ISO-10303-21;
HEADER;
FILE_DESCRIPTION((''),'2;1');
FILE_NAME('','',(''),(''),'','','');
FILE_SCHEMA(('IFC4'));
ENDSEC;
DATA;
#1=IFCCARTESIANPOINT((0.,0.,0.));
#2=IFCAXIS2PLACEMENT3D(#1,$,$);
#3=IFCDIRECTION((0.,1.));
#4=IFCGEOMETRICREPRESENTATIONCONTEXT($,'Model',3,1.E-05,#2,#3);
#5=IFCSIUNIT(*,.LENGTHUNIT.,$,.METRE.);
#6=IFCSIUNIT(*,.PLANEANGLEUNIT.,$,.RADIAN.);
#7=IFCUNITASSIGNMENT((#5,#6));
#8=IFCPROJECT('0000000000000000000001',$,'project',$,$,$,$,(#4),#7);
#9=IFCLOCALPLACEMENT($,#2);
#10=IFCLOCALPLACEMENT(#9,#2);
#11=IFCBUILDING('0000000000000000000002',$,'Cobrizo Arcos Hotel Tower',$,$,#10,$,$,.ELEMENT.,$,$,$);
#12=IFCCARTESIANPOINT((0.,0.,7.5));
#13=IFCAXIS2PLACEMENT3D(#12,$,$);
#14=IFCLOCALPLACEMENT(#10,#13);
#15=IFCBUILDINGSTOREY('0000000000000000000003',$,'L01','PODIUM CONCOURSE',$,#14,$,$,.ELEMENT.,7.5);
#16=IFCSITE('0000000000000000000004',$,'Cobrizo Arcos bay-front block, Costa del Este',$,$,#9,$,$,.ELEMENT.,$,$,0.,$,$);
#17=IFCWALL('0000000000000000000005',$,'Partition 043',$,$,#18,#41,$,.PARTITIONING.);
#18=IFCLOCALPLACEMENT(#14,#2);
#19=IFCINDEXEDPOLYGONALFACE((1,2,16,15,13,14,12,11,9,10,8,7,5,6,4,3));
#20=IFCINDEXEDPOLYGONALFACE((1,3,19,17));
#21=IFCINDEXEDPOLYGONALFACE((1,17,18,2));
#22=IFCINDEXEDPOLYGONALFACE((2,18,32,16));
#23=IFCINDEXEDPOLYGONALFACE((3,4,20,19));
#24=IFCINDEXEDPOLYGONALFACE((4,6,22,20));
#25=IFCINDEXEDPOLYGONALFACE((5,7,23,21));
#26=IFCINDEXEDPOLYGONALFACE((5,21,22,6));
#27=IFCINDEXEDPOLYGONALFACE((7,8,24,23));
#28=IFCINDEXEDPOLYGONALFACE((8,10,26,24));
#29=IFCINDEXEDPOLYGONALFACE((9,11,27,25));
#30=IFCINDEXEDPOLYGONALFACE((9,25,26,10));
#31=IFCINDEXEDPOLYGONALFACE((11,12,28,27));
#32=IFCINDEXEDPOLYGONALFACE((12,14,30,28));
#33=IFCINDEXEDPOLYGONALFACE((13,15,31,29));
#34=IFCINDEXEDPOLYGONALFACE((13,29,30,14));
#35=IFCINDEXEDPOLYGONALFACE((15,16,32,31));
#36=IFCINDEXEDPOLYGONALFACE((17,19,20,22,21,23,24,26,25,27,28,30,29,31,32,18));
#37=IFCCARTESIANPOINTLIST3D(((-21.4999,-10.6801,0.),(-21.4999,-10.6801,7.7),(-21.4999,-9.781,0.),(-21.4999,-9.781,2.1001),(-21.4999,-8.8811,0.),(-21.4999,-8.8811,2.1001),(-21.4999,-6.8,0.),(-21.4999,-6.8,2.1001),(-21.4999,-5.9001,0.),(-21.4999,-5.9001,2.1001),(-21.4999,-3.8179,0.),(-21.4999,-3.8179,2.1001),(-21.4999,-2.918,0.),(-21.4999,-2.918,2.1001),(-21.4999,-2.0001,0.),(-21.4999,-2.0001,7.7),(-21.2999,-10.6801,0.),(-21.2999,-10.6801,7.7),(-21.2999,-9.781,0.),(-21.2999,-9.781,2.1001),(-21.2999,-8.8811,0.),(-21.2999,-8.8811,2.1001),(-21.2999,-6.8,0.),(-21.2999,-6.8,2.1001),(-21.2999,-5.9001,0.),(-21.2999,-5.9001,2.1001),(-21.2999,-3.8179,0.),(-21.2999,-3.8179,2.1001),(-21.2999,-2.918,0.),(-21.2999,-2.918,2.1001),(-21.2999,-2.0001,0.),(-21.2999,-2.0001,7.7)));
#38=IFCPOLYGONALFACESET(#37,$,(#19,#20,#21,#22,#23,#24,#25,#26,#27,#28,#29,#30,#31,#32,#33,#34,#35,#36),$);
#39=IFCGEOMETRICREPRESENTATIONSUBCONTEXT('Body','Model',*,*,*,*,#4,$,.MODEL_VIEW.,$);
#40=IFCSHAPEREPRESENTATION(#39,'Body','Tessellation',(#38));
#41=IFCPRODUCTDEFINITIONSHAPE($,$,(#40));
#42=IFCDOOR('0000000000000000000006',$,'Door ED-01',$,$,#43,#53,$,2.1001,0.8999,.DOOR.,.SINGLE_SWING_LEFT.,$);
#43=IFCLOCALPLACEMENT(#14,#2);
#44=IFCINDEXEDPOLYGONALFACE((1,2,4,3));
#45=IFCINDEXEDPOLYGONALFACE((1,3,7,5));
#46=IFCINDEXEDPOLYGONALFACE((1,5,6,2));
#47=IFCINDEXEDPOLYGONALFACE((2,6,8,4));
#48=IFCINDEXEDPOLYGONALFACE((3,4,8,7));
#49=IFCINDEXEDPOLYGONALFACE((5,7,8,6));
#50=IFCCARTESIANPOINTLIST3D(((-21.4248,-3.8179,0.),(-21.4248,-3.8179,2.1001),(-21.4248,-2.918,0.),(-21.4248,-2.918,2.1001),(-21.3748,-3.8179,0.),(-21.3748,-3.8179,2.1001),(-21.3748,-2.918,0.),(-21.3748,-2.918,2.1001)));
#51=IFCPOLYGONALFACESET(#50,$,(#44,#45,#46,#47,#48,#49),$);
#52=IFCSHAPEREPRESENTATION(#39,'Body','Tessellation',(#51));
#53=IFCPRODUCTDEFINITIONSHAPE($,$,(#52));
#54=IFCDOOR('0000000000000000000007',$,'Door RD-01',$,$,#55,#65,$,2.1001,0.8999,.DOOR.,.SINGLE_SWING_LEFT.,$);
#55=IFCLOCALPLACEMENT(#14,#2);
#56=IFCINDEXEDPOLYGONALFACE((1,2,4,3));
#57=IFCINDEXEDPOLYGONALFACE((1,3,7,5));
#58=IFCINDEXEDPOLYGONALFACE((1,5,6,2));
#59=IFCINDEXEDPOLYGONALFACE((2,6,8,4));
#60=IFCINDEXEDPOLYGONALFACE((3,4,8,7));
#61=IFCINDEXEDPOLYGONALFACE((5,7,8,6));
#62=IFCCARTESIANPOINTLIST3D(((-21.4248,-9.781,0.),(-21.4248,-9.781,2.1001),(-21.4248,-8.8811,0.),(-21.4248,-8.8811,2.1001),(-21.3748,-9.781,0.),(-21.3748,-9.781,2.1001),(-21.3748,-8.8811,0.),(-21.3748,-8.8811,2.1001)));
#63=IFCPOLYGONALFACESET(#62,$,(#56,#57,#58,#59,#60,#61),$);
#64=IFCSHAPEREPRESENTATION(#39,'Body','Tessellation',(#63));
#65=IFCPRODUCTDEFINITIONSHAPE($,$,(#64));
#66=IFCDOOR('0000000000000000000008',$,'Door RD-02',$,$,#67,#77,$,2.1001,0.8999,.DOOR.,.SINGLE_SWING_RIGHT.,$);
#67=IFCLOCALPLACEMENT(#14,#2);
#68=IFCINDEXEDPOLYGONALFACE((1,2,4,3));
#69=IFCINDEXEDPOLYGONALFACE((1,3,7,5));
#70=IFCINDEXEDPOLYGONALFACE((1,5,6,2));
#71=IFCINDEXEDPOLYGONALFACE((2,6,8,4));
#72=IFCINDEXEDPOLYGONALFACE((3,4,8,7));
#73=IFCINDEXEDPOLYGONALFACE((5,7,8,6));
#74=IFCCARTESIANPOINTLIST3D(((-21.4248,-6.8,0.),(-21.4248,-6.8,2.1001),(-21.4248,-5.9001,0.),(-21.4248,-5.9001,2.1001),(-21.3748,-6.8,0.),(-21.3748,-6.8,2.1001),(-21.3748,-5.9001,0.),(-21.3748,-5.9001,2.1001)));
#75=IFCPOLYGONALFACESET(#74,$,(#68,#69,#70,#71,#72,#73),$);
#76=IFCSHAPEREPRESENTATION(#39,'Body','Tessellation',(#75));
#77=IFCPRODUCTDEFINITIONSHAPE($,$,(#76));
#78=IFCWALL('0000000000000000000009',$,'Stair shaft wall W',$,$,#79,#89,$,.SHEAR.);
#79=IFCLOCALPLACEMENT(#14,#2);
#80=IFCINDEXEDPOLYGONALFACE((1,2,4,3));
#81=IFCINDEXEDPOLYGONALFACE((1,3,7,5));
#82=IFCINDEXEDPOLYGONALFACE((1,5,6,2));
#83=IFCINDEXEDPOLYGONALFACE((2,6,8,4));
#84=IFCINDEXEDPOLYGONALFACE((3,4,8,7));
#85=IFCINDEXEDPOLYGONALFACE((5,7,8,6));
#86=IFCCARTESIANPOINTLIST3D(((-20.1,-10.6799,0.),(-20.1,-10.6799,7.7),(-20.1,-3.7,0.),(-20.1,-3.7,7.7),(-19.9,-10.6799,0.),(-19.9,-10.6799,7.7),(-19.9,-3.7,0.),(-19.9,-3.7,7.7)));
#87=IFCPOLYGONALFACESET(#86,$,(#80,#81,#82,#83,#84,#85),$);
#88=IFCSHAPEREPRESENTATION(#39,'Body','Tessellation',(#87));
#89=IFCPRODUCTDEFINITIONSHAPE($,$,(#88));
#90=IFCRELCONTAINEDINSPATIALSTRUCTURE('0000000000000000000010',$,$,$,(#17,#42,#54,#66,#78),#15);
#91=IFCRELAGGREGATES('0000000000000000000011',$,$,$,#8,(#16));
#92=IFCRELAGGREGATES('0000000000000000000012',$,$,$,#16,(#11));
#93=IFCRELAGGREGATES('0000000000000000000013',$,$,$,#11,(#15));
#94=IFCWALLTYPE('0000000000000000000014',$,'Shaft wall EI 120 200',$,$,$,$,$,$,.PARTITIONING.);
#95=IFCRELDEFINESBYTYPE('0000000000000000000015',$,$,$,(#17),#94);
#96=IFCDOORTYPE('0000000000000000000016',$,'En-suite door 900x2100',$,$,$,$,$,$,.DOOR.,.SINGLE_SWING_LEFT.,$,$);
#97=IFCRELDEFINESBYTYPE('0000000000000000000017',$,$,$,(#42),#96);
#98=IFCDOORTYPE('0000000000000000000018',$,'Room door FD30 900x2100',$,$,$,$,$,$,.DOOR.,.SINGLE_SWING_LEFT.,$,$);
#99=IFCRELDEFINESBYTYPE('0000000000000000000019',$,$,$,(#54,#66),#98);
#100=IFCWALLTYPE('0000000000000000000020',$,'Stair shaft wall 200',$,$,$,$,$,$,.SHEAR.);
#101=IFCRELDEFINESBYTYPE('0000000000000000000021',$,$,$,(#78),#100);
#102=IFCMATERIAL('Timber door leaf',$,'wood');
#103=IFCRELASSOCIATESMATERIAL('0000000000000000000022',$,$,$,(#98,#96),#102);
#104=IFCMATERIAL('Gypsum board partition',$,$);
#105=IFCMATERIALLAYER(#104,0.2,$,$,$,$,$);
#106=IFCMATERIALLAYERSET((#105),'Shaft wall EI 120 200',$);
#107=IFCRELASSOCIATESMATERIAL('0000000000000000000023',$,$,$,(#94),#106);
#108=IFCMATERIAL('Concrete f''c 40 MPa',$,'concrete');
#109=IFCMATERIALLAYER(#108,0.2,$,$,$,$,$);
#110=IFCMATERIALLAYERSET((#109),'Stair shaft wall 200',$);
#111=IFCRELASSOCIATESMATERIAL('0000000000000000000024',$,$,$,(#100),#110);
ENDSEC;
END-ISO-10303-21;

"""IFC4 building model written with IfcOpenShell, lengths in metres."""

from ifc_helpers import new_model, si_unit, direction, frame, frame_2d, origin, place, context, subcontext, project, spatial, rectangle, extrude, material, layer, layer_set, type_object, element, fill, save


model = new_model("IFC4")

# Units and contexts
model_context = context("Model", 3, precision=1e-05, world=origin(), true_north=direction((0.0, 1.0)))
body_context = subcontext(model_context, "Body", "Model", "MODEL_VIEW")
ifc_project = project(units=[si_unit("LENGTHUNIT", "METRE"), si_unit("PLANEANGLEUNIT", "RADIAN")], contexts=[model_context])

# Site, building, storey
site_placement = place(None, origin())
site = spatial("IfcSite", under=ifc_project, at=site_placement, Name="Cobrizo Arcos bay-front block, Costa del Este", CompositionType="ELEMENT", RefElevation=0.0)
building_placement = place(site_placement, origin())
building = spatial("IfcBuilding", under=site, at=building_placement, Name="Cobrizo Arcos Hotel Tower", CompositionType="ELEMENT")
storey_placement = place(building_placement, frame((0.0, 0.0, 7.5)))
storey = spatial("IfcBuildingStorey", under=building, at=storey_placement, Name="L01", Description="PODIUM CONCOURSE", CompositionType="ELEMENT", Elevation=7.5)

# Shared definitions
ifc_material_1 = material(Name="Gypsum board partition")
ifc_material_2 = material(Name="Timber door leaf", Category="wood")
door_type_1 = type_object("IfcDoorType", Name="Room door FD30 900x2100", OperationType="SINGLE_SWING_LEFT", PredefinedType="DOOR", material=ifc_material_2)

# Wall, openings, doors
ifc_layer_1 = layer(ifc_material_1, 0.2)
ifc_layer_set_1 = layer_set([ifc_layer_1], Name="Shaft wall EI 120 200")
wall_type_1 = type_object("IfcWallType", Name="Shaft wall EI 120 200", PredefinedType="PARTITIONING", material=ifc_layer_set_1)
wall_1_placement = place(storey_placement, frame((-21.3999, -10.6799, 0.0), z_axis=(0.0, 0.0, 1.0), x_axis=(0.0, 1.0, 0.0)))
wall_1 = element("IfcWall", 1, at=wall_1_placement, inside=storey, type_object=wall_type_1, Name="Partition 043", PredefinedType="PARTITIONING", context=body_context, shape_type="SweptSolid", body=[
    extrude(rectangle(XDim=8.6799, YDim=0.2, at=frame_2d((4.3398, 0.0))), origin(), (0.0, 0.0, 1.0), 7.7),
])
opening_1_placement = place(wall_1_placement, frame((0.8989, 0.0, 0.0)))
opening_1 = element("IfcOpeningElement", 2, at=opening_1_placement, cuts=wall_1, PredefinedType="OPENING", context=body_context, shape_type="SweptSolid", body=[
    extrude(rectangle(XDim=0.8999, YDim=2.1001, at=frame_2d((0.45, 1.05))), frame((0.0, 0.1121, 0.0), z_axis=(0.0, -1.0, 0.0), x_axis=(1.0, 0.0, 0.0)), (0.0, 0.0, 1.0), 0.2239),
])
opening_2_placement = place(wall_1_placement, frame((3.8799, 0.0, 0.0)))
opening_2 = element("IfcOpeningElement", 3, at=opening_2_placement, cuts=wall_1, PredefinedType="OPENING", context=body_context, shape_type="SweptSolid", body=[
    extrude(rectangle(XDim=0.8999, YDim=2.1001, at=frame_2d((0.45, 1.05))), frame((0.0, 0.1121, 0.0), z_axis=(0.0, -1.0, 0.0), x_axis=(1.0, 0.0, 0.0)), (0.0, 0.0, 1.0), 0.2239),
])
opening_3_placement = place(wall_1_placement, frame((6.8621, 0.0, 0.0)))
opening_3 = element("IfcOpeningElement", 4, at=opening_3_placement, cuts=wall_1, PredefinedType="OPENING", context=body_context, shape_type="SweptSolid", body=[
    extrude(rectangle(XDim=0.8999, YDim=2.1001, at=frame_2d((0.45, 1.05))), frame((0.0, 0.1121, 0.0), z_axis=(0.0, -1.0, 0.0), x_axis=(1.0, 0.0, 0.0)), (0.0, 0.0, 1.0), 0.2239),
])
door_type_2 = type_object("IfcDoorType", Name="En-suite door 900x2100", OperationType="SINGLE_SWING_LEFT", PredefinedType="DOOR", material=ifc_material_2)
door_1_placement = place(opening_3_placement, origin())
door_1 = element("IfcDoor", 5, at=door_1_placement, inside=storey, type_object=door_type_2, Name="Door ED-01", OperationType="SINGLE_SWING_LEFT", OverallHeight=2.1001, OverallWidth=0.8999, PredefinedType="DOOR", context=body_context, shape_type="SweptSolid", body=[
    extrude(rectangle(XDim=0.8999, YDim=2.1001, at=frame_2d((0.45, 1.05))), frame((0.0, 0.0249, 0.0), z_axis=(0.0, -1.0, 0.0), x_axis=(1.0, 0.0, 0.0)), (0.0, 0.0, 1.0), 0.05),
])
fill(opening_3, door_1)
door_2_placement = place(opening_1_placement, origin())
door_2 = element("IfcDoor", 6, at=door_2_placement, inside=storey, type_object=door_type_1, Name="Door RD-01", OperationType="SINGLE_SWING_LEFT", OverallHeight=2.1001, OverallWidth=0.8999, PredefinedType="DOOR", context=body_context, shape_type="SweptSolid", body=[
    extrude(rectangle(XDim=0.8999, YDim=2.1001, at=frame_2d((0.45, 1.05))), frame((0.0, 0.0249, 0.0), z_axis=(0.0, -1.0, 0.0), x_axis=(1.0, 0.0, 0.0)), (0.0, 0.0, 1.0), 0.05),
])
fill(opening_1, door_2)
door_3_placement = place(opening_2_placement, origin())
door_3 = element("IfcDoor", 7, at=door_3_placement, inside=storey, type_object=door_type_1, Name="Door RD-02", OperationType="SINGLE_SWING_RIGHT", OverallHeight=2.1001, OverallWidth=0.8999, PredefinedType="DOOR", context=body_context, shape_type="SweptSolid", body=[
    extrude(rectangle(XDim=0.8999, YDim=2.1001, at=frame_2d((0.45, 1.05))), frame((0.0, 0.0249, 0.0), z_axis=(0.0, -1.0, 0.0), x_axis=(1.0, 0.0, 0.0)), (0.0, 0.0, 1.0), 0.05),
])
fill(opening_2, door_3)

# Wall
ifc_material_3 = material(Name="Concrete f'c 40 MPa", Category="concrete")
ifc_layer_2 = layer(ifc_material_3, 0.2)
ifc_layer_set_2 = layer_set([ifc_layer_2], Name="Stair shaft wall 200")
wall_type_2 = type_object("IfcWallType", Name="Stair shaft wall 200", PredefinedType="SHEAR", material=ifc_layer_set_2)
wall_2_placement = place(storey_placement, frame((-20.0, -10.6799, 0.0), z_axis=(0.0, 0.0, 1.0), x_axis=(0.0, 1.0, 0.0)))
element("IfcWall", 8, at=wall_2_placement, inside=storey, type_object=wall_type_2, Name="Stair shaft wall W", PredefinedType="SHEAR", context=body_context, shape_type="SweptSolid", body=[
    extrude(rectangle(XDim=6.98, YDim=0.2, at=frame_2d((3.49, 0.0))), origin(), (0.0, 0.0, 1.0), 7.7),
])

save(model, "model.ifc")
